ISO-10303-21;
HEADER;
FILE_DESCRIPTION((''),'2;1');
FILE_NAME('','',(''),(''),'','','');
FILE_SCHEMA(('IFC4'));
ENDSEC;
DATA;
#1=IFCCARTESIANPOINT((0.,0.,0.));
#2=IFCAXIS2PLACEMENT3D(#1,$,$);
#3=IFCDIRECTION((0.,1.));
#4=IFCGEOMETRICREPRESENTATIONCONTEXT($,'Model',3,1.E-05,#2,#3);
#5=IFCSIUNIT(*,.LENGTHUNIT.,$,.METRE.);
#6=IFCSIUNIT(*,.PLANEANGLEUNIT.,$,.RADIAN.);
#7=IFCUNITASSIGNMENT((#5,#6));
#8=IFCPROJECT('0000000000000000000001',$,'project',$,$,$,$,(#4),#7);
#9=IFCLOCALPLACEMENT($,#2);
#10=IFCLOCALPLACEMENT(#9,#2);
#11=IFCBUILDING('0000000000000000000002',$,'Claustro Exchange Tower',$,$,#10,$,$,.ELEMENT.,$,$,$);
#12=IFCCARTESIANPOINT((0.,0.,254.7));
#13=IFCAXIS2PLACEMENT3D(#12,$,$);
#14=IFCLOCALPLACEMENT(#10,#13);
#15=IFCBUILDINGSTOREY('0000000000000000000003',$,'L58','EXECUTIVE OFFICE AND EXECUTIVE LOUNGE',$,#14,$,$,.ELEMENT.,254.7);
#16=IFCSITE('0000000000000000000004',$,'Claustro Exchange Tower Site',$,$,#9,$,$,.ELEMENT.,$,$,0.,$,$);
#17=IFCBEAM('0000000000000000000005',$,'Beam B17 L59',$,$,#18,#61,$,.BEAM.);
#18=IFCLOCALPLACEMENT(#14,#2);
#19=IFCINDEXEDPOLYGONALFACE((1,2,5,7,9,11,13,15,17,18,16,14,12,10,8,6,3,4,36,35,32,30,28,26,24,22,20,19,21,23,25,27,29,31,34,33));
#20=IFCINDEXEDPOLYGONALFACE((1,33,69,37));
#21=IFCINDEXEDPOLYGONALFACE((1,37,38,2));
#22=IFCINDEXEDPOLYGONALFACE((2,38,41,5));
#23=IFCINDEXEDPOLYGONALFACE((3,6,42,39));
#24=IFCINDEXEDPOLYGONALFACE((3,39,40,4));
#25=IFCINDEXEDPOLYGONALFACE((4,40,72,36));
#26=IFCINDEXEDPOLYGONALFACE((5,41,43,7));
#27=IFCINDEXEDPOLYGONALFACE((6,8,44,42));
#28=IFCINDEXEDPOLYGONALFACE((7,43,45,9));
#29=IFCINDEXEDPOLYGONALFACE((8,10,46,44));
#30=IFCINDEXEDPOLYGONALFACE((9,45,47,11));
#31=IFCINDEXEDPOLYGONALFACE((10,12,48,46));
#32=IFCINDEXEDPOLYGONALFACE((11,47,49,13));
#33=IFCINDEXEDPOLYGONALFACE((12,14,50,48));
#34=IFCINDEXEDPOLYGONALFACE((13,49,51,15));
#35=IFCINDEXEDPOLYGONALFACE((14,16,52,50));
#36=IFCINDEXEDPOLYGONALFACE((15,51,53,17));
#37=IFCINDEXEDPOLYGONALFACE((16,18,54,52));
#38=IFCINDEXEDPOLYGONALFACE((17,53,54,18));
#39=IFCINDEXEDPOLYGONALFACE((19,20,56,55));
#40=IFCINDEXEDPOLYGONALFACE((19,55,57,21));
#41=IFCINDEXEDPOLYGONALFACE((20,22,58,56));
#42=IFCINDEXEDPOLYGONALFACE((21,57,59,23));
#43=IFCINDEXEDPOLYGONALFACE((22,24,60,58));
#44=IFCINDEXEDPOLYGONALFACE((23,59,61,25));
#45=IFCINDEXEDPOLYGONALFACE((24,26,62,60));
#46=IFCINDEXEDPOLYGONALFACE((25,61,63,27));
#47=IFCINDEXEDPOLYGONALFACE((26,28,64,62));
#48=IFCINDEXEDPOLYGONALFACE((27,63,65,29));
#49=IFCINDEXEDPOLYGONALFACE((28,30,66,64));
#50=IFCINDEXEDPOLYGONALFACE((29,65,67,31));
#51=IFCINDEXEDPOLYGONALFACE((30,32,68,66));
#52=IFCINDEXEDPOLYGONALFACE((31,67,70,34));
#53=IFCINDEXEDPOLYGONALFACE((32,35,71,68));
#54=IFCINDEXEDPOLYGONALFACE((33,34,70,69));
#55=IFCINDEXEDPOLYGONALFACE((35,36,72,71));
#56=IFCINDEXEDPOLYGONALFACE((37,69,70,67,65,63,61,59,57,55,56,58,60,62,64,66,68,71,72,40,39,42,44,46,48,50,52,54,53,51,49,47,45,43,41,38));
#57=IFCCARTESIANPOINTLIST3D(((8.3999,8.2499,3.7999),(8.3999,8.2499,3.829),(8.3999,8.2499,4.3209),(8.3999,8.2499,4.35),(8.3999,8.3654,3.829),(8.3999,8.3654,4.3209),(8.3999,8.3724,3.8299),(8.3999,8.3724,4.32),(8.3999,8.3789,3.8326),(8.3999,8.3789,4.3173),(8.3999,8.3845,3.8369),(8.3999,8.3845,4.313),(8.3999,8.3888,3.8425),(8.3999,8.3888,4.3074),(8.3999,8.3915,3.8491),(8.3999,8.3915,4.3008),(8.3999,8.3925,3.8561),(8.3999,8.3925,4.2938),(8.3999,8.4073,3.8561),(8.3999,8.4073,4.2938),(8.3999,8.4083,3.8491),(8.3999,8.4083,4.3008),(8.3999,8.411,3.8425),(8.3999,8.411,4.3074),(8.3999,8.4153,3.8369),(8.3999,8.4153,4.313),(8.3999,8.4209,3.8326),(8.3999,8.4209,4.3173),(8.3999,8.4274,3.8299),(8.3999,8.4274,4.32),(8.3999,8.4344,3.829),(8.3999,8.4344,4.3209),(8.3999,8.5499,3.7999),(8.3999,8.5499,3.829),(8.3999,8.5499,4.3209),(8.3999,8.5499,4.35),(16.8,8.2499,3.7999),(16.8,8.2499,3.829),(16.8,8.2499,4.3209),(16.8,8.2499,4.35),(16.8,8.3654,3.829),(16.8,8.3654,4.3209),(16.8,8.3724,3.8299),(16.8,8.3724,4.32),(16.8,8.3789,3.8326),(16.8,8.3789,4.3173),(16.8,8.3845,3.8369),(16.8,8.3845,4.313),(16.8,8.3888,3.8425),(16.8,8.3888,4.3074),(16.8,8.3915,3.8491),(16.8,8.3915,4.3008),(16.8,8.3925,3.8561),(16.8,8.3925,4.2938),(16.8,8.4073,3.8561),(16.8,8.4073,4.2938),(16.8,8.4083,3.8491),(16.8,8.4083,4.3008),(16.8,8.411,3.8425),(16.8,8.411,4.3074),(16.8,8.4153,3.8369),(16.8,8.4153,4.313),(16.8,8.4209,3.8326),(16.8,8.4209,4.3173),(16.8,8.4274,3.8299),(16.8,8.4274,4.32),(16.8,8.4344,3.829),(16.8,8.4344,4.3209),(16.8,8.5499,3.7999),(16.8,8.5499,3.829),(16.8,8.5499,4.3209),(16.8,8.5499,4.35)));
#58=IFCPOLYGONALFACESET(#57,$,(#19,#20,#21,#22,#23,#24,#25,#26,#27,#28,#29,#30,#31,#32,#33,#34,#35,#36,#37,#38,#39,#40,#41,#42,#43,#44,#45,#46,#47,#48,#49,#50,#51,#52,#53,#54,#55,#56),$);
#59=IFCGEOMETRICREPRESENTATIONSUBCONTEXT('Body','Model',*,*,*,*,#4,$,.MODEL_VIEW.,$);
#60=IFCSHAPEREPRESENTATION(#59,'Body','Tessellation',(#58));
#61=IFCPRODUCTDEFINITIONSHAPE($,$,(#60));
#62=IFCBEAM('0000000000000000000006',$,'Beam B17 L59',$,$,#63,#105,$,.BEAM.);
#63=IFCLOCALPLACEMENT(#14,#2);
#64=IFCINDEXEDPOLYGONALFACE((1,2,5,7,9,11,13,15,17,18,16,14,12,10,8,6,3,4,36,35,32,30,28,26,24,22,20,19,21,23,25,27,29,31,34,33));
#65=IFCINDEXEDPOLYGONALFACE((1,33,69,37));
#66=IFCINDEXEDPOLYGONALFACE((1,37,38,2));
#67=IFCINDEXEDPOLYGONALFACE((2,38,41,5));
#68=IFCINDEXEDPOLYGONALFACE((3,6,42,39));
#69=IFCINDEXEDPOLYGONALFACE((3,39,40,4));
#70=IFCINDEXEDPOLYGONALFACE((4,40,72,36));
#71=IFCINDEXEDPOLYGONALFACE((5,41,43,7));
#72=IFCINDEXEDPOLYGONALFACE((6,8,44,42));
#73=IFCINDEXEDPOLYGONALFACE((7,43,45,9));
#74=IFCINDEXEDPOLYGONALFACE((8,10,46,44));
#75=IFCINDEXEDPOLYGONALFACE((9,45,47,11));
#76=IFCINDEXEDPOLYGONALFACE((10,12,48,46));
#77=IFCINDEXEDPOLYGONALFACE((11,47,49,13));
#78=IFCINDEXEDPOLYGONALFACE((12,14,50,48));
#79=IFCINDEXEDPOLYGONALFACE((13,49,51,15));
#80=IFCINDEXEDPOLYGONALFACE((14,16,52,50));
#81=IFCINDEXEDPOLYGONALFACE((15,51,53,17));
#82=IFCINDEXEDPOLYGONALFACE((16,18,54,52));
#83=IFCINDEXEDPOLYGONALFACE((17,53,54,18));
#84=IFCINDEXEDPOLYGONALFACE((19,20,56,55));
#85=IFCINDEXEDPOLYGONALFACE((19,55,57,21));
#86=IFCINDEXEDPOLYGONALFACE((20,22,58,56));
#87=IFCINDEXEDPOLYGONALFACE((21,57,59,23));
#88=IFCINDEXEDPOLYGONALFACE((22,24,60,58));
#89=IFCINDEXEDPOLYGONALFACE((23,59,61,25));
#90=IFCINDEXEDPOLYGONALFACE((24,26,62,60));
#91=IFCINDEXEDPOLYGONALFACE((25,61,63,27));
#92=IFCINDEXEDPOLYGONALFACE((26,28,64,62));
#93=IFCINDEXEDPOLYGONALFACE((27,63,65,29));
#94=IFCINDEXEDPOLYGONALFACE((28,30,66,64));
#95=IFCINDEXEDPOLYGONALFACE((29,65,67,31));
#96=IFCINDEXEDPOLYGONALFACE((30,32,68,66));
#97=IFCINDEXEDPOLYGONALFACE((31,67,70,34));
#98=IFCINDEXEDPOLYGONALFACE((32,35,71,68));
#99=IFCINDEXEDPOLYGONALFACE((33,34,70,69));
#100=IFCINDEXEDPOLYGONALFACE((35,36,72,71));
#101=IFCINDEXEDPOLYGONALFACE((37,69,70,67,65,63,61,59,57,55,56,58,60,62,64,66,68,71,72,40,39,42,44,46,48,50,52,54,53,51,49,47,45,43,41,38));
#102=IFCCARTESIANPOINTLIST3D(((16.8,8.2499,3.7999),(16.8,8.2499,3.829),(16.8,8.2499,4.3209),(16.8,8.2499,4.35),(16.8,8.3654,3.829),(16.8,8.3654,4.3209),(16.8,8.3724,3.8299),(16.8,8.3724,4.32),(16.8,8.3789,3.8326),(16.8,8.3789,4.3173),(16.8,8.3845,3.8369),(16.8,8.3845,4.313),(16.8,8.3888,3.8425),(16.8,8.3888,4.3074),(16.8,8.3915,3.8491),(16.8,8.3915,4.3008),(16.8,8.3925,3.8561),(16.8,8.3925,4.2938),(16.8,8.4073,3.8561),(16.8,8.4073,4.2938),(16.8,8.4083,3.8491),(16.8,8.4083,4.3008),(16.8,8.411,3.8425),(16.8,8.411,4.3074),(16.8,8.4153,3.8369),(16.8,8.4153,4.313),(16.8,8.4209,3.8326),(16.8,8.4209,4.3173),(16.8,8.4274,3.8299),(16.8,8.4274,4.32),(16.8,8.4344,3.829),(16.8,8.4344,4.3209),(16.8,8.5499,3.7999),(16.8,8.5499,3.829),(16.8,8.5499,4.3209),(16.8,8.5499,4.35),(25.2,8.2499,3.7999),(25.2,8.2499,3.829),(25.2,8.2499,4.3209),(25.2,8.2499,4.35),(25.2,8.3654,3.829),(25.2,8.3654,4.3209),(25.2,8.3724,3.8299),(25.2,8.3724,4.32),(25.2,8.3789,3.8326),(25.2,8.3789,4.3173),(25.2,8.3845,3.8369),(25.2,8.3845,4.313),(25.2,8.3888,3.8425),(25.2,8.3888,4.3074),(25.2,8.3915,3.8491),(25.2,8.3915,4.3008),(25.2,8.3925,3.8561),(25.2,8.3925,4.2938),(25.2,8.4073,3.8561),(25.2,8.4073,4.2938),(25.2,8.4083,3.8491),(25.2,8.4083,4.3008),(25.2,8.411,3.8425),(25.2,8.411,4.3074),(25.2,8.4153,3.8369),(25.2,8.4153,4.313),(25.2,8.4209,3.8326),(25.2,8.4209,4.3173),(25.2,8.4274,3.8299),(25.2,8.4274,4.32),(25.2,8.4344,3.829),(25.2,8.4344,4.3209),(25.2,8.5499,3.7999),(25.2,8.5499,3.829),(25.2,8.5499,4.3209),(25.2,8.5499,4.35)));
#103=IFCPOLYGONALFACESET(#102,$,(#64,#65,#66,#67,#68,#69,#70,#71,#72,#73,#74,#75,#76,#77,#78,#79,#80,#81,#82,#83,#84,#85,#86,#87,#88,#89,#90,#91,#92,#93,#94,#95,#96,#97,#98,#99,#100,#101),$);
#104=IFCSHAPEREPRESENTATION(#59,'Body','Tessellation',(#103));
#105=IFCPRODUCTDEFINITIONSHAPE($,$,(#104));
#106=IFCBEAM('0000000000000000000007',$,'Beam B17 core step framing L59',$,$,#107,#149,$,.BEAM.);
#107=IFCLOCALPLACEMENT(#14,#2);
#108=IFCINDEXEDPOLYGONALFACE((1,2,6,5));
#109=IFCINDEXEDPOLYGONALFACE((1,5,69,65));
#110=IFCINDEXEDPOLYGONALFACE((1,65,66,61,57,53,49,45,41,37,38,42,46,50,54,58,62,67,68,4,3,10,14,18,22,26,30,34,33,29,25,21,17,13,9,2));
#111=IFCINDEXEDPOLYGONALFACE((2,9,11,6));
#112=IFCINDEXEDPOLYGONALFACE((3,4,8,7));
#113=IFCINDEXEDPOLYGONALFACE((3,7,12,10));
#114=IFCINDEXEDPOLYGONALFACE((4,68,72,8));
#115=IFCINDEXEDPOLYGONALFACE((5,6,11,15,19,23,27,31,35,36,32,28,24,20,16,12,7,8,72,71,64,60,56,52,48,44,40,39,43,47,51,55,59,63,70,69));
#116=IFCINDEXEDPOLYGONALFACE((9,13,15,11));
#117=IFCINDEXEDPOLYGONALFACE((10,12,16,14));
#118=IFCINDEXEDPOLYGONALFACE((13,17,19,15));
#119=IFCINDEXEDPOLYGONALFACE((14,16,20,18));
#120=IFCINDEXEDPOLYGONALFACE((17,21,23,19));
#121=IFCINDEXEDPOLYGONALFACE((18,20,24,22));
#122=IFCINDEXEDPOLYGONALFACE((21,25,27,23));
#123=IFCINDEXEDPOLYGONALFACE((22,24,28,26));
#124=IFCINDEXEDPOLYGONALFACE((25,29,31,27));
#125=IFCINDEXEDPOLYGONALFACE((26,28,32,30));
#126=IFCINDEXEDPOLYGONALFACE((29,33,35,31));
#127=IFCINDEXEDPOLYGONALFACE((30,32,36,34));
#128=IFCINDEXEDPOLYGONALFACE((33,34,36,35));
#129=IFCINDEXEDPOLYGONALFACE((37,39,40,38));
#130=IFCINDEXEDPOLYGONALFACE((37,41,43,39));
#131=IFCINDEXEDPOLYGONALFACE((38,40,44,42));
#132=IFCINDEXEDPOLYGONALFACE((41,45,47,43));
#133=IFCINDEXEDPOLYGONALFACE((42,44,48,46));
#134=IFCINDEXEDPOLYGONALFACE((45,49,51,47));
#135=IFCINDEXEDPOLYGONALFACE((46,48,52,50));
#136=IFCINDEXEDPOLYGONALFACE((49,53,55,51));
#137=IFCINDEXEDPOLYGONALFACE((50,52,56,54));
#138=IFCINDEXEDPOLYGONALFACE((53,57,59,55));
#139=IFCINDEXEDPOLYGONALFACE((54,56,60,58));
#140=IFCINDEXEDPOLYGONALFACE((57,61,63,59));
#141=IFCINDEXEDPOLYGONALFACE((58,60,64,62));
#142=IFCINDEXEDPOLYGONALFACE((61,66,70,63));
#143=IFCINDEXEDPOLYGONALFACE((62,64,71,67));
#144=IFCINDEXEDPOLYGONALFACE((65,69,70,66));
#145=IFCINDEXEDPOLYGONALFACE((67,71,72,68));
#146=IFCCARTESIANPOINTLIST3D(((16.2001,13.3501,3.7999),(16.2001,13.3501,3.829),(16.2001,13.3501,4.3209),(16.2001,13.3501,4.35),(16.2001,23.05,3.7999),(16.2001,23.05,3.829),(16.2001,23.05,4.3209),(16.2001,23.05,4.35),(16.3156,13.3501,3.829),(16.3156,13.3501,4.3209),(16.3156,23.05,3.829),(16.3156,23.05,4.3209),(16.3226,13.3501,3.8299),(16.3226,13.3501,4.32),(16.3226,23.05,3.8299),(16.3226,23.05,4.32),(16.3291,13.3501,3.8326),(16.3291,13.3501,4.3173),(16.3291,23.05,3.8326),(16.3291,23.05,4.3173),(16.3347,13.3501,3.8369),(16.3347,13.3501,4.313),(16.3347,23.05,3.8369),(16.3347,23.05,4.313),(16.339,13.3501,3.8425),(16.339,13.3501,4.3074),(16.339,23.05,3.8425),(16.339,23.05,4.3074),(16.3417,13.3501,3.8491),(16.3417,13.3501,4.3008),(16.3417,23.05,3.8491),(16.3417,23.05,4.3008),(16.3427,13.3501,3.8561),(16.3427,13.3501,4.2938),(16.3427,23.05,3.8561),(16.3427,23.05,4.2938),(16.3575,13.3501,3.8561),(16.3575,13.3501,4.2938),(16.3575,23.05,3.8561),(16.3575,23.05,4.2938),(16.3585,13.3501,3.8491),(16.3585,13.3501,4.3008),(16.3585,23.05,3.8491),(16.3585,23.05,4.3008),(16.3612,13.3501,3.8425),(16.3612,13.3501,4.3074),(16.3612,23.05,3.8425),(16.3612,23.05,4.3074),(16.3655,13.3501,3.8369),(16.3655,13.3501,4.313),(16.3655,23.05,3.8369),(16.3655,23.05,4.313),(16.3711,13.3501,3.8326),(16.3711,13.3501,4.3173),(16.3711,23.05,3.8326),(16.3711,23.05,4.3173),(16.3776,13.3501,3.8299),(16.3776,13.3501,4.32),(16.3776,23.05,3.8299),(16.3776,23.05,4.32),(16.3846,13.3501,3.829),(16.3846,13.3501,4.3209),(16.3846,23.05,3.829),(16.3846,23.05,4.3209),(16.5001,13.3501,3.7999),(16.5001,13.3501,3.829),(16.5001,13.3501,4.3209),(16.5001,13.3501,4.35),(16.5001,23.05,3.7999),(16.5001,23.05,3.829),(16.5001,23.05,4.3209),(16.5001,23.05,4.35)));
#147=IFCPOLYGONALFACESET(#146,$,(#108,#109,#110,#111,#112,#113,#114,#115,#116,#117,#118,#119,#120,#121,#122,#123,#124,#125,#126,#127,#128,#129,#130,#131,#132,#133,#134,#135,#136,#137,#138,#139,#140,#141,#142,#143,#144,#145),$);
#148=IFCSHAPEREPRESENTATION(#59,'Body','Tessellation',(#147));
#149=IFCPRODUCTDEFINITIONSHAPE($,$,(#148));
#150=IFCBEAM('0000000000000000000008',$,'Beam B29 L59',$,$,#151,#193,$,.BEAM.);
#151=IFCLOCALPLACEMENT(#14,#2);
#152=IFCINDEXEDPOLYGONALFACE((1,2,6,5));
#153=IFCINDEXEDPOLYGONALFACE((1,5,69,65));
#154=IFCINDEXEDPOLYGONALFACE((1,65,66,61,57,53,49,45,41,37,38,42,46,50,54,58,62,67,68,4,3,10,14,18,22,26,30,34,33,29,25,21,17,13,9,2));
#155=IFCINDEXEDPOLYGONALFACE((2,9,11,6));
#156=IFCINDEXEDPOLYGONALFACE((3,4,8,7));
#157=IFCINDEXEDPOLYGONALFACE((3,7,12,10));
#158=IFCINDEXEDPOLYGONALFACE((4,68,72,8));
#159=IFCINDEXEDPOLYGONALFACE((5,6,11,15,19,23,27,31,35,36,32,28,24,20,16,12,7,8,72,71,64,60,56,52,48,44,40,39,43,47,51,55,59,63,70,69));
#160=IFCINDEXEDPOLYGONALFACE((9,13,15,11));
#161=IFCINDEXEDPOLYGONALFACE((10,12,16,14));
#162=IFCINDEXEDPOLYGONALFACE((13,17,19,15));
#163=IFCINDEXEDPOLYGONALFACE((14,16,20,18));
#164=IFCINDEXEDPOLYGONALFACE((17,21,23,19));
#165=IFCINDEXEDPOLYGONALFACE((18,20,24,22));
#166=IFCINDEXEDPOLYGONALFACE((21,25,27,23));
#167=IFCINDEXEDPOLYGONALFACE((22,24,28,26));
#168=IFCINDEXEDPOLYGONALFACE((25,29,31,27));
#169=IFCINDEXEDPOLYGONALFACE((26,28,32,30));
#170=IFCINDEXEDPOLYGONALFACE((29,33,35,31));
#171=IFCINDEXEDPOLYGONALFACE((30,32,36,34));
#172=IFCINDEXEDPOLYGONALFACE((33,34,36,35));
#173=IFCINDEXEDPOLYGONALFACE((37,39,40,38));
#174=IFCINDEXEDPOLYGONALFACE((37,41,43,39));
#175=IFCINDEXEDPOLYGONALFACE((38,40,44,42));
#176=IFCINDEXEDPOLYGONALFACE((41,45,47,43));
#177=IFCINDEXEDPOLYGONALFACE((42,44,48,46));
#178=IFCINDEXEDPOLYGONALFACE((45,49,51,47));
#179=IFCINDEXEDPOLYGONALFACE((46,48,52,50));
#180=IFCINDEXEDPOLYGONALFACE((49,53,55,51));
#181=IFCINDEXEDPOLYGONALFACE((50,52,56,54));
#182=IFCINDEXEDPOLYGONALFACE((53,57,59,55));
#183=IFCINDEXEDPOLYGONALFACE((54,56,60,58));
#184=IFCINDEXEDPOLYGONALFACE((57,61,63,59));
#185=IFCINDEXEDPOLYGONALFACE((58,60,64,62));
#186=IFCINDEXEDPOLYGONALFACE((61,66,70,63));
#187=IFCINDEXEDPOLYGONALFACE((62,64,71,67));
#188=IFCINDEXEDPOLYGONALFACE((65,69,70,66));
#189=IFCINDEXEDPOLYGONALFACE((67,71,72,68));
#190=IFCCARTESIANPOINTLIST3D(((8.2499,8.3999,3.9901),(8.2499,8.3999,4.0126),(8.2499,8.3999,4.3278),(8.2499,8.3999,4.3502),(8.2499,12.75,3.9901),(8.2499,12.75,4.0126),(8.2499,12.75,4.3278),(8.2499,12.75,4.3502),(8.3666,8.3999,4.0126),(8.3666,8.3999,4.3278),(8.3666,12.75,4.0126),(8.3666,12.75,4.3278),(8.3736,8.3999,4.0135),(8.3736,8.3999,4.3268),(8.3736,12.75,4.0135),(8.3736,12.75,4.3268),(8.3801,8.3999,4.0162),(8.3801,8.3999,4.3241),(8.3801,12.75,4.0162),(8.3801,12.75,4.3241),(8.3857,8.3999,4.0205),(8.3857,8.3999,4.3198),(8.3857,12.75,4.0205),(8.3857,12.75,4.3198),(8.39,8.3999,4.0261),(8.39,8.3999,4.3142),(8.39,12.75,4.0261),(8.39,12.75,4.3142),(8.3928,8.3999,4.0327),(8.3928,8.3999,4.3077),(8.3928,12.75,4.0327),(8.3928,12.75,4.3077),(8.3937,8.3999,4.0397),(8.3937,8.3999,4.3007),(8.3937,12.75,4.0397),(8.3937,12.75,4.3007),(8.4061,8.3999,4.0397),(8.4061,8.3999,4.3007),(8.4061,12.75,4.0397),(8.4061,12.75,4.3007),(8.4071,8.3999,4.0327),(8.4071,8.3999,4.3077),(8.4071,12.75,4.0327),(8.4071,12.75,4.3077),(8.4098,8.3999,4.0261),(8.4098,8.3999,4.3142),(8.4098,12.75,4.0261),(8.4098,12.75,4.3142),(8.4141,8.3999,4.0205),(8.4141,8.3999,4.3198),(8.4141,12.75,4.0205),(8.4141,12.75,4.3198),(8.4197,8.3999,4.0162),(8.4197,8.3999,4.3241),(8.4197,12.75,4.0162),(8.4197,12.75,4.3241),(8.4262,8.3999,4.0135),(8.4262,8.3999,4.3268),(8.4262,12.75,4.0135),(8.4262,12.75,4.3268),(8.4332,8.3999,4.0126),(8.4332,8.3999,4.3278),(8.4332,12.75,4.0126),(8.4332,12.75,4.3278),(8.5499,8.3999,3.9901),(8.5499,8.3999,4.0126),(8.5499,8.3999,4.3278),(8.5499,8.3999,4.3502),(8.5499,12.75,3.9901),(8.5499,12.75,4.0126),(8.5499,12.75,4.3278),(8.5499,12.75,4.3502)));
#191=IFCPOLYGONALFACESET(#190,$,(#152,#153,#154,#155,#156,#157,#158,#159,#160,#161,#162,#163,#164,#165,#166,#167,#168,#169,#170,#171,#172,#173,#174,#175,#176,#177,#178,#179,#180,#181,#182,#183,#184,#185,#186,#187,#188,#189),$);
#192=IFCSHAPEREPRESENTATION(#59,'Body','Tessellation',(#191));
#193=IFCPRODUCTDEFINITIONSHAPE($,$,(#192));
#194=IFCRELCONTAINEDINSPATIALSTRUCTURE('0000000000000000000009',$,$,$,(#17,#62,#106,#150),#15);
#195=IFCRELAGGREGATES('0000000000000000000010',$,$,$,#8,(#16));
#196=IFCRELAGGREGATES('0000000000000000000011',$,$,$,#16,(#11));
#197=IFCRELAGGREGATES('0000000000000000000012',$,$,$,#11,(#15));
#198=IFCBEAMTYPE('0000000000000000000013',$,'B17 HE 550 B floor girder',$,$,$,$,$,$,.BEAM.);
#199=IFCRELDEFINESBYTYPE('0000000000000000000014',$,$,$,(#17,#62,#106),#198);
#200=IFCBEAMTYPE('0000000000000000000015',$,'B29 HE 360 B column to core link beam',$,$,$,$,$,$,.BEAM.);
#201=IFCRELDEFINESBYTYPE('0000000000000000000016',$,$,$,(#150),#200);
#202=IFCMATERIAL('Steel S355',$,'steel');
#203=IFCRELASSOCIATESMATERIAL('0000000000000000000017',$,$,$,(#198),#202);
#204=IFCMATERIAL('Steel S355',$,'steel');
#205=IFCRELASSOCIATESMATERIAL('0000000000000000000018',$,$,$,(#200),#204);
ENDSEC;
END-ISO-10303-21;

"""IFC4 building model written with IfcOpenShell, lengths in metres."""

from ifc_helpers import new_model, si_unit, direction, frame, origin, origin_2d, place, context, subcontext, project, spatial, i_section, extrude, material, material_profile, profile_set, type_object, element, save


model = new_model("IFC4")

# Units and contexts
model_context = context("Model", 3, precision=1e-05, world=origin(), true_north=direction((0.0, 1.0)))
body_context = subcontext(model_context, "Body", "Model", "MODEL_VIEW")
ifc_project = project(units=[si_unit("LENGTHUNIT", "METRE"), si_unit("PLANEANGLEUNIT", "RADIAN")], contexts=[model_context])

# Site, building, storey
site_placement = place(None, origin())
site = spatial("IfcSite", under=ifc_project, at=site_placement, Name="Claustro Exchange Tower Site", CompositionType="ELEMENT", RefElevation=0.0)
building_placement = place(site_placement, origin())
building = spatial("IfcBuilding", under=site, at=building_placement, Name="Claustro Exchange Tower", CompositionType="ELEMENT")
storey_placement = place(building_placement, frame((0.0, 0.0, 254.7)))
storey = spatial("IfcBuildingStorey", under=building, at=storey_placement, Name="L58", Description="EXECUTIVE OFFICE AND EXECUTIVE LOUNGE", CompositionType="ELEMENT", Elevation=254.7)

# Beams
ifc_material_1 = material(Name="Steel S355", Category="steel")
ifc_material_profile_1 = material_profile(ifc_material_1, i_section(OverallWidth=0.3, OverallDepth=0.55, WebThickness=0.0149, FlangeThickness=0.0291, FilletRadius=0.0271, at=origin_2d()), Name="HE 550 B")
ifc_profile_set_1 = profile_set([ifc_material_profile_1], Name="Steel S355")
beam_type_1 = type_object("IfcBeamType", Name="B17 HE 550 B floor girder", PredefinedType="BEAM", material=ifc_profile_set_1)
beam_1_placement = place(storey_placement, frame((8.3999, 8.3999, 4.075), z_axis=(1.0, 0.0, 0.0), x_axis=(0.0, 1.0, 0.0)))
element("IfcBeam", 1, at=beam_1_placement, inside=storey, type_object=beam_type_1, Name="Beam B17 L59", PredefinedType="BEAM", context=body_context, shape_type="SweptSolid", body=[
    extrude(i_section(OverallWidth=0.3, OverallDepth=0.55, WebThickness=0.0149, FlangeThickness=0.0291, FilletRadius=0.0271, at=origin_2d()), origin(), (0.0, 0.0, 1.0), 8.4001),
])
beam_2_placement = place(storey_placement, frame((16.8, 8.3999, 4.075), z_axis=(1.0, 0.0, 0.0), x_axis=(0.0, 1.0, 0.0)))
element("IfcBeam", 2, at=beam_2_placement, inside=storey, type_object=beam_type_1, Name="Beam B17 L59", PredefinedType="BEAM", context=body_context, shape_type="SweptSolid", body=[
    extrude(i_section(OverallWidth=0.3, OverallDepth=0.55, WebThickness=0.0149, FlangeThickness=0.0291, FilletRadius=0.0271, at=origin_2d()), origin(), (0.0, 0.0, 1.0), 8.3999),
])
beam_3_placement = place(storey_placement, frame((16.3501, 13.3501, 4.075), z_axis=(0.0, 1.0, 0.0), x_axis=(-1.0, 0.0, 0.0)))
element("IfcBeam", 3, at=beam_3_placement, inside=storey, type_object=beam_type_1, Name="Beam B17 core step framing L59", PredefinedType="BEAM", context=body_context, shape_type="SweptSolid", body=[
    extrude(i_section(OverallWidth=0.3, OverallDepth=0.55, WebThickness=0.0149, FlangeThickness=0.0291, FilletRadius=0.0271, at=origin_2d()), origin(), (0.0, 0.0, 1.0), 9.7),
])
ifc_material_2 = material(Name="Steel S355", Category="steel")
ifc_material_profile_2 = material_profile(ifc_material_2, i_section(OverallWidth=0.3, OverallDepth=0.3601, WebThickness=0.0125, FlangeThickness=0.0225, FilletRadius=0.0271, at=origin_2d()), Name="HE 360 B")
ifc_profile_set_2 = profile_set([ifc_material_profile_2], Name="Steel S355")
beam_type_2 = type_object("IfcBeamType", Name="B29 HE 360 B column to core link beam", PredefinedType="BEAM", material=ifc_profile_set_2)
for number, where, z_axis, x_axis, name in (
    (4, (8.3999, 8.3999, 4.1702), (0.0, 1.0, 0.0), (-1.0, 0.0, 0.0), "Beam B29 L59"),
):
    element("IfcBeam", number, at=place(storey_placement, frame(where, z_axis=z_axis, x_axis=x_axis)), inside=storey, type_object=beam_type_2, Name=name, PredefinedType="BEAM", context=body_context, shape_type="SweptSolid", body=[
        extrude(i_section(OverallWidth=0.3, OverallDepth=0.3601, WebThickness=0.0125, FlangeThickness=0.0225, FilletRadius=0.0271, at=origin_2d()), origin(), (0.0, 0.0, 1.0), 4.3501),
    ])

save(model, "model.ifc")
